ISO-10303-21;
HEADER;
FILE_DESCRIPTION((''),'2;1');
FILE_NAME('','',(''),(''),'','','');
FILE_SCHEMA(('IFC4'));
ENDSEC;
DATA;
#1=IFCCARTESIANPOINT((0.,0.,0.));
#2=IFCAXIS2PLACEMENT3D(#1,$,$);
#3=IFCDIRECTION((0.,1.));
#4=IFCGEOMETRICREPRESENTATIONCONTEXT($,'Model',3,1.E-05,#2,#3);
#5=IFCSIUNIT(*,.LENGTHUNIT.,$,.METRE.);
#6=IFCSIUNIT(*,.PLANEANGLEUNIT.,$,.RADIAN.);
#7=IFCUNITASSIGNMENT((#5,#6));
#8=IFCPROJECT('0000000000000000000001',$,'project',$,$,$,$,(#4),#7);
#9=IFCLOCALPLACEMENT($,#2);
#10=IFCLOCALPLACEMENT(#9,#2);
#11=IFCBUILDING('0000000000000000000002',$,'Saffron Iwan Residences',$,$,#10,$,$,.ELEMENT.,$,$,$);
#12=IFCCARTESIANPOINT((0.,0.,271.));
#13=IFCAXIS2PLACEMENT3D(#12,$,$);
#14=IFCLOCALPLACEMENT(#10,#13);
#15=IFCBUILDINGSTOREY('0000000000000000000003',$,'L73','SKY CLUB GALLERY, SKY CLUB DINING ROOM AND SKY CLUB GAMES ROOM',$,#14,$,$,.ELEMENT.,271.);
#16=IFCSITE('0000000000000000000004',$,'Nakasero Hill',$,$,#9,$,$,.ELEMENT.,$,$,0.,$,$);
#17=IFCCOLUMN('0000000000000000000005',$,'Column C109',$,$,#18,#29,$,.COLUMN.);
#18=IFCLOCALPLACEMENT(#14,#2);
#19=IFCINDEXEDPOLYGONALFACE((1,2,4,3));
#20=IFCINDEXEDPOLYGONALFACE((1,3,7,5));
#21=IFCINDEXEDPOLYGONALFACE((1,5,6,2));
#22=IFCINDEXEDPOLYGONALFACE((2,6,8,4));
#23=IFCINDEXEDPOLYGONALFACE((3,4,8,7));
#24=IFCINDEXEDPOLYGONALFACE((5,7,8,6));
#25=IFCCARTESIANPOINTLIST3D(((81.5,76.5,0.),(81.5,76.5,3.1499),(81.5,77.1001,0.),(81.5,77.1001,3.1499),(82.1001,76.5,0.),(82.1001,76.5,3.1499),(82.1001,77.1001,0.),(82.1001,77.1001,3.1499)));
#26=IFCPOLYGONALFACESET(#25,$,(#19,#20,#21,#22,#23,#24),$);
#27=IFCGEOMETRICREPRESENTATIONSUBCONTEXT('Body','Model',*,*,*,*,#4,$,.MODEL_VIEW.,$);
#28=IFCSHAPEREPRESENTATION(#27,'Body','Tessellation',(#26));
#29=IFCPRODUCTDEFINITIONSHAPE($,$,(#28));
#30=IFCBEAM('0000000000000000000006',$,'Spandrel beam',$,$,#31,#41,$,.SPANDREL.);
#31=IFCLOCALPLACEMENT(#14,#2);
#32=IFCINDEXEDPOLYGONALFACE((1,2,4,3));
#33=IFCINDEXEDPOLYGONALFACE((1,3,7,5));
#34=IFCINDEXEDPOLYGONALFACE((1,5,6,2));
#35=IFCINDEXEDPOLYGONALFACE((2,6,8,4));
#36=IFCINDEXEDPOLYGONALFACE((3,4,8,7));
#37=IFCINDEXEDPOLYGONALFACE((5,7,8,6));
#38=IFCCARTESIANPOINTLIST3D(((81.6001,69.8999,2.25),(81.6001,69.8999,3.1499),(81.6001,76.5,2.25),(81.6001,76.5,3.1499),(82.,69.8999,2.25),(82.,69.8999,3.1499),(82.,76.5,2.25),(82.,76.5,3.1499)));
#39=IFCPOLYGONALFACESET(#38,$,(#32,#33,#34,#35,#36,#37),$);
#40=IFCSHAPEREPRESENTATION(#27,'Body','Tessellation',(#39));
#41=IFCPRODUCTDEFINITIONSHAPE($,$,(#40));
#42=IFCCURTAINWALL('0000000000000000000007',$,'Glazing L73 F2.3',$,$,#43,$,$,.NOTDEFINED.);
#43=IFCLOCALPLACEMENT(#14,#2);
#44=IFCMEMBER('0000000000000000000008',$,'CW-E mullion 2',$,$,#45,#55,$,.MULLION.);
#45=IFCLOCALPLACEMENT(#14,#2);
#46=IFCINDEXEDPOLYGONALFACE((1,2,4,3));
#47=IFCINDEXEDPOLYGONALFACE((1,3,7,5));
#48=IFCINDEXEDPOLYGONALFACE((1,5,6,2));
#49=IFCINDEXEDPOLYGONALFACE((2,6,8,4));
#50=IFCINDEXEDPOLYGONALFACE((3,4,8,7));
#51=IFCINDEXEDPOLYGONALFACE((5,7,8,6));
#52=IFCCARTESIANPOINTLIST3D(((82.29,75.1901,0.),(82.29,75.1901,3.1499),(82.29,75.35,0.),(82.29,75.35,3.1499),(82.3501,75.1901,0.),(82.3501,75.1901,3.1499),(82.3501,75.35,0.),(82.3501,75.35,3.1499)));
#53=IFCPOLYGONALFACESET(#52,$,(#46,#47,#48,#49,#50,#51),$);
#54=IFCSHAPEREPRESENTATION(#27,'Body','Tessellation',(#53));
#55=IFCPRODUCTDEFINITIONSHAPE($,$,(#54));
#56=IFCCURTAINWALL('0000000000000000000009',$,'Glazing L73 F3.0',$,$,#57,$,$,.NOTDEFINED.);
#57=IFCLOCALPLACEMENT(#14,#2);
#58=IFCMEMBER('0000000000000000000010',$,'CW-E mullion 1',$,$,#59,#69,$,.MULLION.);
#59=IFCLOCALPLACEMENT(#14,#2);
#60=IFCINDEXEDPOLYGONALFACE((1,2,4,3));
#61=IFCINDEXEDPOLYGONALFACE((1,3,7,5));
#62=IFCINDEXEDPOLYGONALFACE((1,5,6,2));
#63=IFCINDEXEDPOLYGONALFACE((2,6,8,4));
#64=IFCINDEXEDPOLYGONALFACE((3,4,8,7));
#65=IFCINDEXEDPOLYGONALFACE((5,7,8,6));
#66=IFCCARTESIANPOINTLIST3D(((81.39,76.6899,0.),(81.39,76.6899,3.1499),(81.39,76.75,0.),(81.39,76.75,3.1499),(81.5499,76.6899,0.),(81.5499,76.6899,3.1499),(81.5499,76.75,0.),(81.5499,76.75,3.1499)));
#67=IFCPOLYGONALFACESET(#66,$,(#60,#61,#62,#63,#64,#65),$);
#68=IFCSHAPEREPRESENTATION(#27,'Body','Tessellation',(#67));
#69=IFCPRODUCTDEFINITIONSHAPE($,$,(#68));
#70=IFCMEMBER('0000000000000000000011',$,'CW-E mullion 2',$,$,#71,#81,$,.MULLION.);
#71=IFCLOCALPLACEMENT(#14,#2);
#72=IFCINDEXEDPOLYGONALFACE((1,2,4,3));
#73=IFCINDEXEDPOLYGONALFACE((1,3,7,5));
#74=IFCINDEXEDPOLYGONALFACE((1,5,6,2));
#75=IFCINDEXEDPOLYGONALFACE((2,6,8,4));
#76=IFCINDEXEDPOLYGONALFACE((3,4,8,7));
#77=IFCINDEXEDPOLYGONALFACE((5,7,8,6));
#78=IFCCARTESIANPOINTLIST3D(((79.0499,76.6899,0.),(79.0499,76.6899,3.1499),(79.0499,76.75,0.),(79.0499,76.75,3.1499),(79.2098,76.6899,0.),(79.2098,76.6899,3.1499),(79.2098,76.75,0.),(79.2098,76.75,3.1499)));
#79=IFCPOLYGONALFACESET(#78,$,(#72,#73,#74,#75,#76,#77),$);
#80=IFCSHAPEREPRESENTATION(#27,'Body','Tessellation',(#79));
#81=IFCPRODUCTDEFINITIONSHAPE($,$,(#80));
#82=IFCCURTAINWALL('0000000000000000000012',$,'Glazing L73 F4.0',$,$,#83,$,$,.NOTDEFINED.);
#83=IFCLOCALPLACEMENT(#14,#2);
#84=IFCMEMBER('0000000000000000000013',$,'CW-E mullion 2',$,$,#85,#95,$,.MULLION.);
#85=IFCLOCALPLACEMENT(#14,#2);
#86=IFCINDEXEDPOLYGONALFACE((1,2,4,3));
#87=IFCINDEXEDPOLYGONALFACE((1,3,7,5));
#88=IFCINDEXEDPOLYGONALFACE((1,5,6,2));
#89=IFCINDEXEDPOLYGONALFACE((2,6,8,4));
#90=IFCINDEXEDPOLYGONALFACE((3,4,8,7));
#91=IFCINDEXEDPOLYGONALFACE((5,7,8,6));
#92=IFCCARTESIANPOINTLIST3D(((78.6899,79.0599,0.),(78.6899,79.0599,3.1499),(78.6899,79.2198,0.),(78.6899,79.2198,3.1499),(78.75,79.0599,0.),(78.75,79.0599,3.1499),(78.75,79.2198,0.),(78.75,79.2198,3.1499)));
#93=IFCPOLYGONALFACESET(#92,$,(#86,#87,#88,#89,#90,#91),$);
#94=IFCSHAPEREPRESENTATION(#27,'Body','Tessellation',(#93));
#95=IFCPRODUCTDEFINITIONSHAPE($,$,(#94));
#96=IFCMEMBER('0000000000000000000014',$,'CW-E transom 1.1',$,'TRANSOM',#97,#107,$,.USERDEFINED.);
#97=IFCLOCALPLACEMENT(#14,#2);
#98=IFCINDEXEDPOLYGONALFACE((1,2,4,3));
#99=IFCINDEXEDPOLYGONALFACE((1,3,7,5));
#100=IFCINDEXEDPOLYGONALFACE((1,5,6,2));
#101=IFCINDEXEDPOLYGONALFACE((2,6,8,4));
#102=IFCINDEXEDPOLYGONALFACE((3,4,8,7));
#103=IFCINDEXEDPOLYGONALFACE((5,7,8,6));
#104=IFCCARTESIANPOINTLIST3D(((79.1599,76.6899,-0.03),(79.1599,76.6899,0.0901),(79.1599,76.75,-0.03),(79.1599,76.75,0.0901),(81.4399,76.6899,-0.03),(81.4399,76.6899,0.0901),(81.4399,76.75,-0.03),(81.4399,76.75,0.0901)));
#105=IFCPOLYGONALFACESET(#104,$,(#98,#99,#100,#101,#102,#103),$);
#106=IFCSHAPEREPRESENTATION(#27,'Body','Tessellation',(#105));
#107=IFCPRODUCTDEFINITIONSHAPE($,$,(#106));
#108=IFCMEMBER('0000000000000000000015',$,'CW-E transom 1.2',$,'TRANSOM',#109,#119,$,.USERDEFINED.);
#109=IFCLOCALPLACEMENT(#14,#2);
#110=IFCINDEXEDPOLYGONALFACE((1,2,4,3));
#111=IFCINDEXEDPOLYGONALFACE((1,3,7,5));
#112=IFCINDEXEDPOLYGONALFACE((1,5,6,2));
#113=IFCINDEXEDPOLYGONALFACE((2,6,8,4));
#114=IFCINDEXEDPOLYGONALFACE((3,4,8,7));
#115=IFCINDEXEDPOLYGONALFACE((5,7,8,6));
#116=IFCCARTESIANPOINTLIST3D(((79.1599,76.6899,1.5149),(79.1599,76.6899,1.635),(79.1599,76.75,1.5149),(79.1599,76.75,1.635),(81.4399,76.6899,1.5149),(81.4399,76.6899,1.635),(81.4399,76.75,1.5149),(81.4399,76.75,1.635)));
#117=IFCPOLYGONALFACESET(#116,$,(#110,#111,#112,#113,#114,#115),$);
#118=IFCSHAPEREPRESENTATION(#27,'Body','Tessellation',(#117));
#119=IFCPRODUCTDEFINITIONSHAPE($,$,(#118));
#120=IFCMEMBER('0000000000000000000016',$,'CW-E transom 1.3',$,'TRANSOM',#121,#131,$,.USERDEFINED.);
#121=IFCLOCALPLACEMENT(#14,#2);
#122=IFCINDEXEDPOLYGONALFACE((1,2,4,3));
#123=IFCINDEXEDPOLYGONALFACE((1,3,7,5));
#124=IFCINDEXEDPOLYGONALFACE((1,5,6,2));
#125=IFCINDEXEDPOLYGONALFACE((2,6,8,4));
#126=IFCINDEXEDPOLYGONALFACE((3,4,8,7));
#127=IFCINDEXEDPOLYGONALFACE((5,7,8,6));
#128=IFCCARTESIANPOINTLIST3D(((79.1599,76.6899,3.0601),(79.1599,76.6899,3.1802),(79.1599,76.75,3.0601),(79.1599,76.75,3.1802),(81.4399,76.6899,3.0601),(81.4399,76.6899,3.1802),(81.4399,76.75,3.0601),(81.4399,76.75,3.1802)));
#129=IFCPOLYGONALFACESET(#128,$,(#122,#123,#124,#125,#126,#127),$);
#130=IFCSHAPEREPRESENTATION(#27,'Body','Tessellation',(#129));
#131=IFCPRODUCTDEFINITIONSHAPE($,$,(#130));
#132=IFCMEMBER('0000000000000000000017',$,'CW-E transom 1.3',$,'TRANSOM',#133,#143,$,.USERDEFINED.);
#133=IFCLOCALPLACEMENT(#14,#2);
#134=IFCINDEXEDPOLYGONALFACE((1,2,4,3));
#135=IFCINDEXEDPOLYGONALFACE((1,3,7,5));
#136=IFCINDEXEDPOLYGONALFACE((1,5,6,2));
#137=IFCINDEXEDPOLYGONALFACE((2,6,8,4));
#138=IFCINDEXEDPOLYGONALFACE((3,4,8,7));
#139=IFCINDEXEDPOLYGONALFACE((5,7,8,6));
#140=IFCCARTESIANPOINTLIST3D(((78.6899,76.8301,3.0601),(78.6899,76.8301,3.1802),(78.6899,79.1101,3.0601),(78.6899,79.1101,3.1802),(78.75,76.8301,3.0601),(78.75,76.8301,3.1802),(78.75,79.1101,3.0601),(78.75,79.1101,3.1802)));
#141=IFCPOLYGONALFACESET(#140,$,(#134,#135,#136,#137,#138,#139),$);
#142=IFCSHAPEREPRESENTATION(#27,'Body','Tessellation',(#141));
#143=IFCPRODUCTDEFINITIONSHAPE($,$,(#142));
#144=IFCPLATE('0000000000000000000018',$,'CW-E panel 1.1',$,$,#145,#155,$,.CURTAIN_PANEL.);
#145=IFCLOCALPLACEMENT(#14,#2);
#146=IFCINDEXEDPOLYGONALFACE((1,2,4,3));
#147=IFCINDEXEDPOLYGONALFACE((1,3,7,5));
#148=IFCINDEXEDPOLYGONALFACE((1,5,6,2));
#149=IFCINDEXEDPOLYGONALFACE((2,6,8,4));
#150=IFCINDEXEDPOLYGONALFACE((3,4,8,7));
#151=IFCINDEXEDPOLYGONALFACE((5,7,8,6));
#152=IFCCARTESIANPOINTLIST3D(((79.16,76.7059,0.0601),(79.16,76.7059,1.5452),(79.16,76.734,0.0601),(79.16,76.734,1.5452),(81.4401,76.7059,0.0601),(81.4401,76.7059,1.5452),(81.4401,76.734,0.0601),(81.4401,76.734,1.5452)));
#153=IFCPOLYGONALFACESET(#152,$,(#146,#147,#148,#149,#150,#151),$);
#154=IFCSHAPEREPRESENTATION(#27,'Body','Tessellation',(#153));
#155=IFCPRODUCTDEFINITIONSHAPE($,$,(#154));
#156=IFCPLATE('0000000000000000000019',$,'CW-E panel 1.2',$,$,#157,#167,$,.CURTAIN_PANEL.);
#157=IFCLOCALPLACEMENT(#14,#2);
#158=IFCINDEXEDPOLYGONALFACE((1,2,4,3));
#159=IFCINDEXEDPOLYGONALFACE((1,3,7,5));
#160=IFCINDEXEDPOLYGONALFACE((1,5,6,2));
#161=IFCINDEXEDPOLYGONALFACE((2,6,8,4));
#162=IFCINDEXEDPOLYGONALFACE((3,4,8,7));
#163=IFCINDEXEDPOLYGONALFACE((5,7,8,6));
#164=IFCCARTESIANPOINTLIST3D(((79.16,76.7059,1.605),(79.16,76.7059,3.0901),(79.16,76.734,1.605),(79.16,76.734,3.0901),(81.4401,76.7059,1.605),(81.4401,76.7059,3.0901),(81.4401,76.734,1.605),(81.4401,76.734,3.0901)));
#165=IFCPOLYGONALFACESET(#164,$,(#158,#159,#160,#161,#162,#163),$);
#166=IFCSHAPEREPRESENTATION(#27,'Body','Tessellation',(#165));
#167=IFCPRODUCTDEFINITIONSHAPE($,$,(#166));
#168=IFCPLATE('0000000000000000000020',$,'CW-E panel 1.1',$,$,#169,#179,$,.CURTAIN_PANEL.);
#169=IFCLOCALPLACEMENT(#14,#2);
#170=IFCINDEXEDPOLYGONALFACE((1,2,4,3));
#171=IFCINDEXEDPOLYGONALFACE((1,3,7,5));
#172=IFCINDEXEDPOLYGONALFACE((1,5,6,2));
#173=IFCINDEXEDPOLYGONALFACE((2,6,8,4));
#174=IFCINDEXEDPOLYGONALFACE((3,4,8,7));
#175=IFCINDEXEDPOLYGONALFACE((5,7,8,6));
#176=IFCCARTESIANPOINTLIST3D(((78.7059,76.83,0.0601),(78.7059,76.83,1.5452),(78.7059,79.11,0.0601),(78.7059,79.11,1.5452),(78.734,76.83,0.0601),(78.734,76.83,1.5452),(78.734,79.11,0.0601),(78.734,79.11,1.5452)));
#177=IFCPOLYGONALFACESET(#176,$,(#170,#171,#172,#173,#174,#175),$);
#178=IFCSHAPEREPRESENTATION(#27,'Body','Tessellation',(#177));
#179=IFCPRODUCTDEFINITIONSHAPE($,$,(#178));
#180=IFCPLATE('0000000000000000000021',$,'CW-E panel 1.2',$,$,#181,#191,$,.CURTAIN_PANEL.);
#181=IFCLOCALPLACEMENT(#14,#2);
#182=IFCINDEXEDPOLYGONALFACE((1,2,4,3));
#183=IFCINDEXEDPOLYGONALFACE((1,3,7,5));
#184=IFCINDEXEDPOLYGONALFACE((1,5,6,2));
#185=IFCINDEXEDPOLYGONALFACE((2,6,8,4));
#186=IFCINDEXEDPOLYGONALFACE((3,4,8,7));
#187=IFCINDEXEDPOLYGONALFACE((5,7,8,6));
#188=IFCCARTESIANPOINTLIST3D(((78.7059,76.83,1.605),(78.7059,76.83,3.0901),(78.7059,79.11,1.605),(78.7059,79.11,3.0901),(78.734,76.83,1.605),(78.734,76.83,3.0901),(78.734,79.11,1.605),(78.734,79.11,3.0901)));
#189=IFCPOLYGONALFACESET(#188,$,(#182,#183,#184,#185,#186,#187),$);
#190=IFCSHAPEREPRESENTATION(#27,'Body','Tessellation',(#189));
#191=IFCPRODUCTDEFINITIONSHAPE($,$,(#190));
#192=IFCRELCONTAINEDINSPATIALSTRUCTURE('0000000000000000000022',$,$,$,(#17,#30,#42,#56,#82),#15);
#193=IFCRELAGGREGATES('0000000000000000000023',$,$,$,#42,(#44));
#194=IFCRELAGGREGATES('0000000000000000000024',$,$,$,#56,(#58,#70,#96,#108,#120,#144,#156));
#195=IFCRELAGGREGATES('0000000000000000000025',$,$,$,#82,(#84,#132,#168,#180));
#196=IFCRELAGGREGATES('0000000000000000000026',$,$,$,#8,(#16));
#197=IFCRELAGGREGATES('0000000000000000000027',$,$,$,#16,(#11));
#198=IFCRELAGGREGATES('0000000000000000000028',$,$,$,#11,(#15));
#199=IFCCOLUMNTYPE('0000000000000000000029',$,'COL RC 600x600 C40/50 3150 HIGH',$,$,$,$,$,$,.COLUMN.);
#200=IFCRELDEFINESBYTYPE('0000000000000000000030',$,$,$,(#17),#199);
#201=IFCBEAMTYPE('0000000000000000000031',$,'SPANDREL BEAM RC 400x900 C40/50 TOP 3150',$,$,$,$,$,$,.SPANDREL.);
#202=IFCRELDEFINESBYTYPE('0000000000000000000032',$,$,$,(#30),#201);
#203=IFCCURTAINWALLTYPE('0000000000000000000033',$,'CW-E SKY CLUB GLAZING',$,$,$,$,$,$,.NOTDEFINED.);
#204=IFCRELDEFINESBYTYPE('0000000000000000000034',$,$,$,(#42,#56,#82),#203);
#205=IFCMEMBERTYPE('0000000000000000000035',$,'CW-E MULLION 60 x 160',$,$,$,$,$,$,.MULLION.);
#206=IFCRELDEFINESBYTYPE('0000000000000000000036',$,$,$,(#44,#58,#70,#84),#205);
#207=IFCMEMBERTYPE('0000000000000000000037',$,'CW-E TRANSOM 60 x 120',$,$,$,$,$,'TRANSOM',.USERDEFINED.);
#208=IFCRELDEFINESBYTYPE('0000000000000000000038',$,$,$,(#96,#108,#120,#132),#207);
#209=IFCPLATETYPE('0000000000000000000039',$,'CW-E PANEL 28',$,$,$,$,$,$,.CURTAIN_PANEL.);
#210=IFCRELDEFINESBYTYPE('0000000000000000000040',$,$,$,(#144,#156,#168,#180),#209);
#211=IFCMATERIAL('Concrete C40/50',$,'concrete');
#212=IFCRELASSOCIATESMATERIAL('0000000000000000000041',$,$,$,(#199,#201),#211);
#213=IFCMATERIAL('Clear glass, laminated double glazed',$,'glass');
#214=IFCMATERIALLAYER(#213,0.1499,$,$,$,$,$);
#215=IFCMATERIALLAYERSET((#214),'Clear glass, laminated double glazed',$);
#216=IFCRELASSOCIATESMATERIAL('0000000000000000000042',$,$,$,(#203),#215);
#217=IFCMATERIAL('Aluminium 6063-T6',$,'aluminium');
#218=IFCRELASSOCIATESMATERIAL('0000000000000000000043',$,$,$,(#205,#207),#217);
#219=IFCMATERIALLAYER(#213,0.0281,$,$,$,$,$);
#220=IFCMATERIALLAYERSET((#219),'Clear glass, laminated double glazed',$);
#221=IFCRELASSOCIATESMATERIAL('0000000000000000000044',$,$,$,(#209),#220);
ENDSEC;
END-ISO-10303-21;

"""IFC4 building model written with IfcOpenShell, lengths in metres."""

from ifc_helpers import new_model, si_unit, direction, frame, origin, origin_2d, place, context, subcontext, project, spatial, rectangle, extrude, source, transform, mapped, material, layer, layer_set, material_profile, profile_set, type_object, element, aggregate, save


model = new_model("IFC4")

# Units and contexts
model_context = context("Model", 3, precision=1e-05, world=origin(), true_north=direction((0.0, 1.0)))
body_context = subcontext(model_context, "Body", "Model", "MODEL_VIEW")
ifc_project = project(units=[si_unit("LENGTHUNIT", "METRE"), si_unit("PLANEANGLEUNIT", "RADIAN")], contexts=[model_context])

# Site, building, storey
site_placement = place(None, origin())
site = spatial("IfcSite", under=ifc_project, at=site_placement, Name="Nakasero Hill", CompositionType="ELEMENT", RefElevation=0.0)
building_placement = place(site_placement, origin())
building = spatial("IfcBuilding", under=site, at=building_placement, Name="Saffron Iwan Residences", CompositionType="ELEMENT")
storey_placement = place(building_placement, frame((0.0, 0.0, 271.0)))
storey = spatial("IfcBuildingStorey", under=building, at=storey_placement, Name="L73", Description="SKY CLUB GALLERY, SKY CLUB DINING ROOM AND SKY CLUB GAMES ROOM", CompositionType="ELEMENT", Elevation=271.0)

# Column
ifc_material_1 = material(Name="Concrete C40/50", Category="concrete")
ifc_material_profile_1 = material_profile(ifc_material_1, rectangle(XDim=0.6001, YDim=0.6001, at=origin_2d()), Name="RC 600x600")
ifc_profile_set_1 = profile_set([ifc_material_profile_1], Name="Concrete C40/50")
column_type = type_object("IfcColumnType", Name="COL RC 600x600 C40/50 3150 HIGH", PredefinedType="COLUMN", material=ifc_profile_set_1)
shared_shape_1 = source(origin(), body_context, "Body", "SweptSolid", [
    extrude(rectangle(XDim=0.6001, YDim=0.6001, at=origin_2d()), origin(), (0.0, 0.0, 1.0), 3.1499),
])
column_placement = place(storey_placement, frame((81.8, 76.8, 0.0), z_axis=(0.0, 0.0, 1.0), x_axis=(1.0, 0.0, 0.0)))
element("IfcColumn", 1, at=column_placement, inside=storey, type_object=column_type, Name="Column C109", PredefinedType="COLUMN", context=body_context, shape_type="MappedRepresentation", body=[
    mapped(shared_shape_1, transform((0.0, 0.0, 0.0))),
])

# Beam
ifc_material_profile_2 = material_profile(ifc_material_1, rectangle(XDim=0.3999, YDim=0.8999, at=origin_2d()), Name="RC 400x900")
ifc_profile_set_2 = profile_set([ifc_material_profile_2], Name="Concrete C40/50")
beam_type = type_object("IfcBeamType", Name="SPANDREL BEAM RC 400x900 C40/50 TOP 3150", PredefinedType="SPANDREL", material=ifc_profile_set_2)
shared_shape_2 = source(origin(), body_context, "Body", "SweptSolid", [
    extrude(rectangle(XDim=0.3999, YDim=0.8999, at=origin_2d()), origin(), (0.0, 0.0, 1.0), 6.6001),
])
beam_placement = place(storey_placement, frame((81.8, 76.5, 2.7), z_axis=(0.0, -1.0, 0.0), x_axis=(1.0, 0.0, 0.0)))
element("IfcBeam", 2, at=beam_placement, inside=storey, type_object=beam_type, Name="Spandrel beam", PredefinedType="SPANDREL", context=body_context, shape_type="MappedRepresentation", body=[
    mapped(shared_shape_2, transform((0.0, 0.0, 0.0))),
])

# Curtain wall, member
ifc_material_2 = material(Name="Clear glass, laminated double glazed", Category="glass")
ifc_layer_1 = layer(ifc_material_2, 0.1499)
ifc_layer_set_1 = layer_set([ifc_layer_1], Name="Clear glass, laminated double glazed")
curtain_wall_type = type_object("IfcCurtainWallType", Name="CW-E SKY CLUB GLAZING", PredefinedType="NOTDEFINED", material=ifc_layer_set_1)
curtain_wall_1_placement = place(storey_placement, origin())
curtain_wall_1 = element("IfcCurtainWall", 3, at=curtain_wall_1_placement, inside=storey, type_object=curtain_wall_type, Name="Glazing L73 F2.3", PredefinedType="NOTDEFINED")
ifc_material_3 = material(Name="Aluminium 6063-T6", Category="aluminium")
ifc_material_profile_3 = material_profile(ifc_material_3, rectangle(XDim=0.0601, YDim=0.1599, at=origin_2d()), Name="CW-E MULLION 60 x 160")
ifc_profile_set_3 = profile_set([ifc_material_profile_3], Name="Aluminium 6063-T6")
member_type_1 = type_object("IfcMemberType", Name="CW-E MULLION 60 x 160", PredefinedType="MULLION", material=ifc_profile_set_3)
shared_shape_3 = source(origin(), body_context, "Body", "SweptSolid", [
    extrude(rectangle(XDim=0.0601, YDim=0.1599, at=origin_2d()), origin(), (0.0, 0.0, 1.0), 3.1499),
])
member_1_placement = place(storey_placement, frame((82.3201, 75.27, 0.0), z_axis=(0.0, 0.0, 1.0), x_axis=(-1.0, 0.0, 0.0)))
member_1 = element("IfcMember", 4, at=member_1_placement, type_object=member_type_1, Name="CW-E mullion 2", PredefinedType="MULLION", context=body_context, shape_type="MappedRepresentation", body=[
    mapped(shared_shape_3, transform((0.0, 0.0, 0.0))),
])
aggregate(curtain_wall_1, [member_1])

# Curtain wall, members
curtain_wall_2_placement = place(storey_placement, origin())
curtain_wall_2 = element("IfcCurtainWall", 5, at=curtain_wall_2_placement, inside=storey, type_object=curtain_wall_type, Name="Glazing L73 F3.0", PredefinedType="NOTDEFINED")
member_2_placement = place(storey_placement, frame((81.47, 76.72, 0.0), z_axis=(0.0, 0.0, 1.0), x_axis=(0.0, -1.0, 0.0)))
member_2 = element("IfcMember", 6, at=member_2_placement, type_object=member_type_1, Name="CW-E mullion 1", PredefinedType="MULLION", context=body_context, shape_type="MappedRepresentation", body=[
    mapped(shared_shape_3, transform((0.0, 0.0, 0.0))),
])
member_3_placement = place(storey_placement, frame((79.1299, 76.72, 0.0), z_axis=(0.0, 0.0, 1.0), x_axis=(0.0, -1.0, 0.0)))
member_3 = element("IfcMember", 7, at=member_3_placement, type_object=member_type_1, Name="CW-E mullion 2", PredefinedType="MULLION", context=body_context, shape_type="MappedRepresentation", body=[
    mapped(shared_shape_3, transform((0.0, 0.0, 0.0))),
])

# Curtain wall, member
curtain_wall_3_placement = place(storey_placement, origin())
curtain_wall_3 = element("IfcCurtainWall", 8, at=curtain_wall_3_placement, inside=storey, type_object=curtain_wall_type, Name="Glazing L73 F4.0", PredefinedType="NOTDEFINED")
member_4_placement = place(storey_placement, frame((78.72, 79.1399, 0.0), z_axis=(0.0, 0.0, 1.0), x_axis=(-1.0, 0.0, 0.0)))
member_4 = element("IfcMember", 9, at=member_4_placement, type_object=member_type_1, Name="CW-E mullion 2", PredefinedType="MULLION", context=body_context, shape_type="MappedRepresentation", body=[
    mapped(shared_shape_3, transform((0.0, 0.0, 0.0))),
])

# Members
ifc_material_profile_4 = material_profile(ifc_material_3, rectangle(XDim=0.0601, YDim=0.1201, at=origin_2d()), Name="CW-E TRANSOM 60 x 120")
ifc_profile_set_4 = profile_set([ifc_material_profile_4], Name="Aluminium 6063-T6")
member_type_2 = type_object("IfcMemberType", Name="CW-E TRANSOM 60 x 120", ElementType="TRANSOM", PredefinedType="USERDEFINED", material=ifc_profile_set_4)
shared_shape_4 = source(origin(), body_context, "Body", "SweptSolid", [
    extrude(rectangle(XDim=0.0601, YDim=0.1201, at=origin_2d()), origin(), (0.0, 0.0, 1.0), 2.28),
])
member_5_placement = place(storey_placement, frame((81.4399, 76.72, 0.03), z_axis=(-1.0, 0.0, 0.0), x_axis=(0.0, -1.0, 0.0)))
member_5 = element("IfcMember", 10, at=member_5_placement, type_object=member_type_2, Name="CW-E transom 1.1", ObjectType="TRANSOM", PredefinedType="USERDEFINED", context=body_context, shape_type="MappedRepresentation", body=[
    mapped(shared_shape_4, transform((0.0, 0.0, 0.0))),
])
member_6_placement = place(storey_placement, frame((81.4399, 76.72, 1.575), z_axis=(-1.0, 0.0, 0.0), x_axis=(0.0, -1.0, 0.0)))
member_6 = element("IfcMember", 11, at=member_6_placement, type_object=member_type_2, Name="CW-E transom 1.2", ObjectType="TRANSOM", PredefinedType="USERDEFINED", context=body_context, shape_type="MappedRepresentation", body=[
    mapped(shared_shape_4, transform((0.0, 0.0, 0.0))),
])
member_7_placement = place(storey_placement, frame((81.4399, 76.72, 3.1201), z_axis=(-1.0, 0.0, 0.0), x_axis=(0.0, -1.0, 0.0)))
member_7 = element("IfcMember", 12, at=member_7_placement, type_object=member_type_2, Name="CW-E transom 1.3", ObjectType="TRANSOM", PredefinedType="USERDEFINED", context=body_context, shape_type="MappedRepresentation", body=[
    mapped(shared_shape_4, transform((0.0, 0.0, 0.0))),
])
member_8_placement = place(storey_placement, frame((78.72, 76.8301, 3.1201), z_axis=(0.0, 1.0, 0.0), x_axis=(-1.0, 0.0, 0.0)))
member_8 = element("IfcMember", 13, at=member_8_placement, type_object=member_type_2, Name="CW-E transom 1.3", ObjectType="TRANSOM", PredefinedType="USERDEFINED", context=body_context, shape_type="MappedRepresentation", body=[
    mapped(shared_shape_4, transform((0.0, 0.0, 0.0))),
])

# Plates
ifc_layer_2 = layer(ifc_material_2, 0.0281)
ifc_layer_set_2 = layer_set([ifc_layer_2], Name="Clear glass, laminated double glazed")
plate_type = type_object("IfcPlateType", Name="CW-E PANEL 28", PredefinedType="CURTAIN_PANEL", material=ifc_layer_set_2)
shared_shape_5 = source(origin(), body_context, "Body", "SweptSolid", [
    extrude(rectangle(XDim=2.28, YDim=0.0281, at=origin_2d()), origin(), (0.0, 0.0, 1.0), 1.4851),
])
plate_1_placement = place(storey_placement, frame((80.3, 76.72, 0.0601), z_axis=(0.0, 0.0, 1.0), x_axis=(-1.0, 0.0, 0.0)))
plate_1 = element("IfcPlate", 14, at=plate_1_placement, type_object=plate_type, Name="CW-E panel 1.1", PredefinedType="CURTAIN_PANEL", context=body_context, shape_type="MappedRepresentation", body=[
    mapped(shared_shape_5, transform((0.0, 0.0, 0.0))),
])
plate_2_placement = place(storey_placement, frame((80.3, 76.72, 1.605), z_axis=(0.0, 0.0, 1.0), x_axis=(-1.0, 0.0, 0.0)))
plate_2 = element("IfcPlate", 15, at=plate_2_placement, type_object=plate_type, Name="CW-E panel 1.2", PredefinedType="CURTAIN_PANEL", context=body_context, shape_type="MappedRepresentation", body=[
    mapped(shared_shape_5, transform((0.0, 0.0, 0.0))),
])
aggregate(curtain_wall_2, [member_2, member_3, member_5, member_6, member_7, plate_1, plate_2])
plate_3_placement = place(storey_placement, frame((78.72, 77.97, 0.0601), z_axis=(0.0, 0.0, 1.0), x_axis=(0.0, 1.0, 0.0)))
plate_3 = element("IfcPlate", 16, at=plate_3_placement, type_object=plate_type, Name="CW-E panel 1.1", PredefinedType="CURTAIN_PANEL", context=body_context, shape_type="MappedRepresentation", body=[
    mapped(shared_shape_5, transform((0.0, 0.0, 0.0))),
])
plate_4_placement = place(storey_placement, frame((78.72, 77.97, 1.605), z_axis=(0.0, 0.0, 1.0), x_axis=(0.0, 1.0, 0.0)))
plate_4 = element("IfcPlate", 17, at=plate_4_placement, type_object=plate_type, Name="CW-E panel 1.2", PredefinedType="CURTAIN_PANEL", context=body_context, shape_type="MappedRepresentation", body=[
    mapped(shared_shape_5, transform((0.0, 0.0, 0.0))),
])
aggregate(curtain_wall_3, [member_4, member_8, plate_3, plate_4])

save(model, "model.ifc")
